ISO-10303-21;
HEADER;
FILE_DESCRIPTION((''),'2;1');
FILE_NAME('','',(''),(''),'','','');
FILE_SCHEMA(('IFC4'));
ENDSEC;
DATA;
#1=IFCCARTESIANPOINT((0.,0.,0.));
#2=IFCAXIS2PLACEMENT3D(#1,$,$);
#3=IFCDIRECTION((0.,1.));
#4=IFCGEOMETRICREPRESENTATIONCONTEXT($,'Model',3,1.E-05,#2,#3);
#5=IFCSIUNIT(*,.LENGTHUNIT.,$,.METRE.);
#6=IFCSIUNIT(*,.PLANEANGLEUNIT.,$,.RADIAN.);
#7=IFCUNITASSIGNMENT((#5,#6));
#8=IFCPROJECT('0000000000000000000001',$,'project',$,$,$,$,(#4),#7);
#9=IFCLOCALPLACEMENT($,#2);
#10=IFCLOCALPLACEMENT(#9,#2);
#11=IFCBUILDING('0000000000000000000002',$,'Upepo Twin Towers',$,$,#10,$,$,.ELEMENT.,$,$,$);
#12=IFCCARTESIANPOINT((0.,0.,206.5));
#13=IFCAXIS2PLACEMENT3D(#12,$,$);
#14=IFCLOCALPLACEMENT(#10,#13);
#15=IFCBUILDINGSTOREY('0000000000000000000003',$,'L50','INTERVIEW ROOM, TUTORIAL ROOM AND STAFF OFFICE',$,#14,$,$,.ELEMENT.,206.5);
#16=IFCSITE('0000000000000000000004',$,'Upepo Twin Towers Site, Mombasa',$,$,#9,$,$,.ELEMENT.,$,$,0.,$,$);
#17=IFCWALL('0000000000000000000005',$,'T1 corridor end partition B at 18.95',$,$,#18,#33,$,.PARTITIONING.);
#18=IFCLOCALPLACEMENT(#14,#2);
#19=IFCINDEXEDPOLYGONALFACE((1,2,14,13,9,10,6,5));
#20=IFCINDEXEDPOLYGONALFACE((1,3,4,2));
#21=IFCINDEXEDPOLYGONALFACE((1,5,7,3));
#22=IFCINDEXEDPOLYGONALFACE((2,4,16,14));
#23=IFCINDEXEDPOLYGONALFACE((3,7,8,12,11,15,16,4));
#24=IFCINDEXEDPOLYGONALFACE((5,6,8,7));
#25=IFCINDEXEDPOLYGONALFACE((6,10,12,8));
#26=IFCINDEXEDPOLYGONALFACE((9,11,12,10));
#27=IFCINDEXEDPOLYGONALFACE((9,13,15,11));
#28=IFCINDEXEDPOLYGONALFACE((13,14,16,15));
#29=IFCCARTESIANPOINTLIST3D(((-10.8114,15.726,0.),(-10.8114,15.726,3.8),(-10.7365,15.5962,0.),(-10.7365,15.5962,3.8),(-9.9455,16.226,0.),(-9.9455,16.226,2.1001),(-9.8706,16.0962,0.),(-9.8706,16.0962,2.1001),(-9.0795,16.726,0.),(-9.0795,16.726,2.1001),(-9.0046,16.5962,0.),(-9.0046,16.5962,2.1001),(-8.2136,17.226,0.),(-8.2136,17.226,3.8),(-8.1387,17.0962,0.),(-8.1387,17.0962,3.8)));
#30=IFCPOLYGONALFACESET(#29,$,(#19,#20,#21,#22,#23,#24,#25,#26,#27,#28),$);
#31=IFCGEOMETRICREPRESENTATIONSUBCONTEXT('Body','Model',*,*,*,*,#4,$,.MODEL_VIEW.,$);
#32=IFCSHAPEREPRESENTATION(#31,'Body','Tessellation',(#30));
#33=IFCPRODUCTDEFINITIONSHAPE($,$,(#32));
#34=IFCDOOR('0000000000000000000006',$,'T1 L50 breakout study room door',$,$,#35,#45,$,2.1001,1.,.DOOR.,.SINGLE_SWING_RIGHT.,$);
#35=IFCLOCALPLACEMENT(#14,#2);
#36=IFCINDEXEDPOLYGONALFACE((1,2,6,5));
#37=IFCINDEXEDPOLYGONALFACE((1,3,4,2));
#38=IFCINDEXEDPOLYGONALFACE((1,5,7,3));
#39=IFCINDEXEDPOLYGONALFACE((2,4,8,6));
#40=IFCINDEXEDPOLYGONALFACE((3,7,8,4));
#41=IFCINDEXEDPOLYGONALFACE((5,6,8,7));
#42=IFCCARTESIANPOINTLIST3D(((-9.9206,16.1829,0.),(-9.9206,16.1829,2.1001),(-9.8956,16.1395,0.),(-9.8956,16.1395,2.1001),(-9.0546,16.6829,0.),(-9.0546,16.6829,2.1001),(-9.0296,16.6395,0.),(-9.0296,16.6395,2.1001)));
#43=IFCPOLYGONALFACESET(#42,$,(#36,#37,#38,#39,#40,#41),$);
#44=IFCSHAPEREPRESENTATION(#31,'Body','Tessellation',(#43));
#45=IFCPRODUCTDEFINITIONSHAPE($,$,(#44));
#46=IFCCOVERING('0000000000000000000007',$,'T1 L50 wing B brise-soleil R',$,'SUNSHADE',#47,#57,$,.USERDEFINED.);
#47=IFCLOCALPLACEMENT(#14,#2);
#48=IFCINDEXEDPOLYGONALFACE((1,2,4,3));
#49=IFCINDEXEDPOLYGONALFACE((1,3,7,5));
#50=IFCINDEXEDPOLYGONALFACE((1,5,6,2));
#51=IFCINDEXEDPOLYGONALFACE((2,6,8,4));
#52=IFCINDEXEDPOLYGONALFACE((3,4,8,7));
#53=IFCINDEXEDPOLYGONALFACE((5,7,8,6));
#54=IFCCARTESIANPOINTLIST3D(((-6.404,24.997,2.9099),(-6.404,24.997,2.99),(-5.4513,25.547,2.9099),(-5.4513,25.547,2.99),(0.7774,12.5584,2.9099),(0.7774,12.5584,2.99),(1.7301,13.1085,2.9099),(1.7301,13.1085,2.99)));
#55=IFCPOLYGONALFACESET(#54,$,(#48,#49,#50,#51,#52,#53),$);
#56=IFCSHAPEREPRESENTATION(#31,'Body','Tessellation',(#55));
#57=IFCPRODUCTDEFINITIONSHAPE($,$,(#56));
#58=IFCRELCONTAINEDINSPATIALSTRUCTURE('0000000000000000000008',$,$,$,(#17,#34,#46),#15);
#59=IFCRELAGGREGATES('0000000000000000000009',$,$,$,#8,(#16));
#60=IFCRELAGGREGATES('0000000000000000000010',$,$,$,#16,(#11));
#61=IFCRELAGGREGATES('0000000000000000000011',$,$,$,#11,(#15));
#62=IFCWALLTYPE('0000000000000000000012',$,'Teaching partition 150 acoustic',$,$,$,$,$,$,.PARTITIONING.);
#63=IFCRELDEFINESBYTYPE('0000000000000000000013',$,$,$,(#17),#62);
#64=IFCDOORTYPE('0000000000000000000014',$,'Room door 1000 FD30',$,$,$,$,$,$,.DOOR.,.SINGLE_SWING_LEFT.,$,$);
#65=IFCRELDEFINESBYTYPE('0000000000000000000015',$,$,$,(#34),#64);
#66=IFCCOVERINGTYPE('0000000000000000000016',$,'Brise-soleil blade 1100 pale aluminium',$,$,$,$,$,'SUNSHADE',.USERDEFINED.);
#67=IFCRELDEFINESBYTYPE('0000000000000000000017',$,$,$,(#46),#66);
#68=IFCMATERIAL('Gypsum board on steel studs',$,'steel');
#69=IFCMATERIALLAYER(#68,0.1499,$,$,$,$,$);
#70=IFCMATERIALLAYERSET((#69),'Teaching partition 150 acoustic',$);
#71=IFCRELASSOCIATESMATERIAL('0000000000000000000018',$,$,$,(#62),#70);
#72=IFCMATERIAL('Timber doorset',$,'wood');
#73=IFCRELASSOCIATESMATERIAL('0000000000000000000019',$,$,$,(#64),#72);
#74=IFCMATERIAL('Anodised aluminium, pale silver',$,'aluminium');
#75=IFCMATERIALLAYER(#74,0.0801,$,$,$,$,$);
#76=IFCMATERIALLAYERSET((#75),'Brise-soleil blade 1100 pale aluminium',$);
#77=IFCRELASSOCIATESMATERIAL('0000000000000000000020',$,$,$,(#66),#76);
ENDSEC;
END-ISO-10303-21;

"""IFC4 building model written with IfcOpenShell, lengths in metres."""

from ifc_helpers import new_model, si_unit, direction, frame, frame_2d, origin, origin_2d, place, context, subcontext, project, spatial, rectangle, extrude, material, layer, layer_set, type_object, element, fill, save


model = new_model("IFC4")

# Units and contexts
model_context = context("Model", 3, precision=1e-05, world=origin(), true_north=direction((0.0, 1.0)))
body_context = subcontext(model_context, "Body", "Model", "MODEL_VIEW")
ifc_project = project(units=[si_unit("LENGTHUNIT", "METRE"), si_unit("PLANEANGLEUNIT", "RADIAN")], contexts=[model_context])

# Site, building, storey
site_placement = place(None, origin())
site = spatial("IfcSite", under=ifc_project, at=site_placement, Name="Upepo Twin Towers Site, Mombasa", CompositionType="ELEMENT", RefElevation=0.0)
building_placement = place(site_placement, origin())
building = spatial("IfcBuilding", under=site, at=building_placement, Name="Upepo Twin Towers", CompositionType="ELEMENT")
storey_placement = place(building_placement, frame((0.0, 0.0, 206.5)))
storey = spatial("IfcBuildingStorey", under=building, at=storey_placement, Name="L50", Description="INTERVIEW ROOM, TUTORIAL ROOM AND STAFF OFFICE", CompositionType="ELEMENT", Elevation=206.5)

# Shared definitions
ifc_material_1 = material(Name="Gypsum board on steel studs", Category="steel")
ifc_layer_1 = layer(ifc_material_1, 0.1499)
ifc_layer_set_1 = layer_set([ifc_layer_1], Name="Teaching partition 150 acoustic")
wall_type_1 = type_object("IfcWallType", Name="Teaching partition 150 acoustic", PredefinedType="PARTITIONING", material=ifc_layer_set_1)

# Wall, opening, door
ifc_material_2 = material(Name="Timber doorset", Category="wood")
door_type = type_object("IfcDoorType", Name="Room door 1000 FD30", OperationType="SINGLE_SWING_LEFT", PredefinedType="DOOR", material=ifc_material_2)
wall_1_placement = place(storey_placement, frame((-8.176, 17.1611, 0.0), z_axis=(0.0, 0.0, 1.0), x_axis=(-0.866011, -0.500025, 0.0)))
wall_1 = element("IfcWall", 1, at=wall_1_placement, inside=storey, type_object=wall_type_1, Name="T1 corridor end partition B at 18.95", PredefinedType="PARTITIONING", context=body_context, shape_type="SweptSolid", body=[
    extrude(rectangle(XDim=2.9998, YDim=0.1499, at=frame_2d((1.5, 0.0))), origin(), (0.0, 0.0, 1.0), 3.8),
])
opening_1_placement = place(wall_1_placement, frame((1.0, 0.0, 0.0)))
opening_1 = element("IfcOpeningElement", 2, at=opening_1_placement, cuts=wall_1, PredefinedType="OPENING", context=body_context, shape_type="SweptSolid", body=[
    extrude(rectangle(XDim=1.0, YDim=2.1001, at=frame_2d((0.5, 1.05))), frame((0.0, 0.085, 0.0), z_axis=(0.0, -1.0, 0.0), x_axis=(1.0, 0.0, 0.0)), (0.0, 0.0, 1.0), 0.1699),
])
door_1_placement = place(opening_1_placement, origin())
door_1 = element("IfcDoor", 3, at=door_1_placement, inside=storey, type_object=door_type, Name="T1 L50 breakout study room door", OperationType="SINGLE_SWING_RIGHT", OverallHeight=2.1001, OverallWidth=1.0, PredefinedType="DOOR", context=body_context, shape_type="SweptSolid", body=[
    extrude(rectangle(XDim=1.0, YDim=2.1001, at=frame_2d((0.5, 1.05))), frame((0.0, 0.0249, 0.0), z_axis=(0.0, -1.0, 0.0), x_axis=(1.0, 0.0, 0.0)), (0.0, 0.0, 1.0), 0.05),
])
fill(opening_1, door_1)

# Covering
ifc_material_3 = material(Name="Anodised aluminium, pale silver", Category="aluminium")
ifc_layer_2 = layer(ifc_material_3, 0.0801)
ifc_layer_set_2 = layer_set([ifc_layer_2], Name="Brise-soleil blade 1100 pale aluminium")
covering_type = type_object("IfcCoveringType", Name="Brise-soleil blade 1100 pale aluminium", ElementType="SUNSHADE", PredefinedType="USERDEFINED", material=ifc_layer_set_2)
covering_placement = place(storey_placement, frame((-2.3369, 19.0527, 2.9099), z_axis=(0.0, 0.0, 1.0), x_axis=(-0.5, 0.866025, 0.0)))
element("IfcCovering", 4, at=covering_placement, inside=storey, type_object=covering_type, Name="T1 L50 wing B brise-soleil R", ObjectType="SUNSHADE", PredefinedType="USERDEFINED", context=body_context, shape_type="SweptSolid", body=[
    extrude(rectangle(XDim=14.3628, YDim=1.1001, at=origin_2d()), origin(), (0.0, 0.0, 1.0), 0.0801),
])

save(model, "model.ifc")
